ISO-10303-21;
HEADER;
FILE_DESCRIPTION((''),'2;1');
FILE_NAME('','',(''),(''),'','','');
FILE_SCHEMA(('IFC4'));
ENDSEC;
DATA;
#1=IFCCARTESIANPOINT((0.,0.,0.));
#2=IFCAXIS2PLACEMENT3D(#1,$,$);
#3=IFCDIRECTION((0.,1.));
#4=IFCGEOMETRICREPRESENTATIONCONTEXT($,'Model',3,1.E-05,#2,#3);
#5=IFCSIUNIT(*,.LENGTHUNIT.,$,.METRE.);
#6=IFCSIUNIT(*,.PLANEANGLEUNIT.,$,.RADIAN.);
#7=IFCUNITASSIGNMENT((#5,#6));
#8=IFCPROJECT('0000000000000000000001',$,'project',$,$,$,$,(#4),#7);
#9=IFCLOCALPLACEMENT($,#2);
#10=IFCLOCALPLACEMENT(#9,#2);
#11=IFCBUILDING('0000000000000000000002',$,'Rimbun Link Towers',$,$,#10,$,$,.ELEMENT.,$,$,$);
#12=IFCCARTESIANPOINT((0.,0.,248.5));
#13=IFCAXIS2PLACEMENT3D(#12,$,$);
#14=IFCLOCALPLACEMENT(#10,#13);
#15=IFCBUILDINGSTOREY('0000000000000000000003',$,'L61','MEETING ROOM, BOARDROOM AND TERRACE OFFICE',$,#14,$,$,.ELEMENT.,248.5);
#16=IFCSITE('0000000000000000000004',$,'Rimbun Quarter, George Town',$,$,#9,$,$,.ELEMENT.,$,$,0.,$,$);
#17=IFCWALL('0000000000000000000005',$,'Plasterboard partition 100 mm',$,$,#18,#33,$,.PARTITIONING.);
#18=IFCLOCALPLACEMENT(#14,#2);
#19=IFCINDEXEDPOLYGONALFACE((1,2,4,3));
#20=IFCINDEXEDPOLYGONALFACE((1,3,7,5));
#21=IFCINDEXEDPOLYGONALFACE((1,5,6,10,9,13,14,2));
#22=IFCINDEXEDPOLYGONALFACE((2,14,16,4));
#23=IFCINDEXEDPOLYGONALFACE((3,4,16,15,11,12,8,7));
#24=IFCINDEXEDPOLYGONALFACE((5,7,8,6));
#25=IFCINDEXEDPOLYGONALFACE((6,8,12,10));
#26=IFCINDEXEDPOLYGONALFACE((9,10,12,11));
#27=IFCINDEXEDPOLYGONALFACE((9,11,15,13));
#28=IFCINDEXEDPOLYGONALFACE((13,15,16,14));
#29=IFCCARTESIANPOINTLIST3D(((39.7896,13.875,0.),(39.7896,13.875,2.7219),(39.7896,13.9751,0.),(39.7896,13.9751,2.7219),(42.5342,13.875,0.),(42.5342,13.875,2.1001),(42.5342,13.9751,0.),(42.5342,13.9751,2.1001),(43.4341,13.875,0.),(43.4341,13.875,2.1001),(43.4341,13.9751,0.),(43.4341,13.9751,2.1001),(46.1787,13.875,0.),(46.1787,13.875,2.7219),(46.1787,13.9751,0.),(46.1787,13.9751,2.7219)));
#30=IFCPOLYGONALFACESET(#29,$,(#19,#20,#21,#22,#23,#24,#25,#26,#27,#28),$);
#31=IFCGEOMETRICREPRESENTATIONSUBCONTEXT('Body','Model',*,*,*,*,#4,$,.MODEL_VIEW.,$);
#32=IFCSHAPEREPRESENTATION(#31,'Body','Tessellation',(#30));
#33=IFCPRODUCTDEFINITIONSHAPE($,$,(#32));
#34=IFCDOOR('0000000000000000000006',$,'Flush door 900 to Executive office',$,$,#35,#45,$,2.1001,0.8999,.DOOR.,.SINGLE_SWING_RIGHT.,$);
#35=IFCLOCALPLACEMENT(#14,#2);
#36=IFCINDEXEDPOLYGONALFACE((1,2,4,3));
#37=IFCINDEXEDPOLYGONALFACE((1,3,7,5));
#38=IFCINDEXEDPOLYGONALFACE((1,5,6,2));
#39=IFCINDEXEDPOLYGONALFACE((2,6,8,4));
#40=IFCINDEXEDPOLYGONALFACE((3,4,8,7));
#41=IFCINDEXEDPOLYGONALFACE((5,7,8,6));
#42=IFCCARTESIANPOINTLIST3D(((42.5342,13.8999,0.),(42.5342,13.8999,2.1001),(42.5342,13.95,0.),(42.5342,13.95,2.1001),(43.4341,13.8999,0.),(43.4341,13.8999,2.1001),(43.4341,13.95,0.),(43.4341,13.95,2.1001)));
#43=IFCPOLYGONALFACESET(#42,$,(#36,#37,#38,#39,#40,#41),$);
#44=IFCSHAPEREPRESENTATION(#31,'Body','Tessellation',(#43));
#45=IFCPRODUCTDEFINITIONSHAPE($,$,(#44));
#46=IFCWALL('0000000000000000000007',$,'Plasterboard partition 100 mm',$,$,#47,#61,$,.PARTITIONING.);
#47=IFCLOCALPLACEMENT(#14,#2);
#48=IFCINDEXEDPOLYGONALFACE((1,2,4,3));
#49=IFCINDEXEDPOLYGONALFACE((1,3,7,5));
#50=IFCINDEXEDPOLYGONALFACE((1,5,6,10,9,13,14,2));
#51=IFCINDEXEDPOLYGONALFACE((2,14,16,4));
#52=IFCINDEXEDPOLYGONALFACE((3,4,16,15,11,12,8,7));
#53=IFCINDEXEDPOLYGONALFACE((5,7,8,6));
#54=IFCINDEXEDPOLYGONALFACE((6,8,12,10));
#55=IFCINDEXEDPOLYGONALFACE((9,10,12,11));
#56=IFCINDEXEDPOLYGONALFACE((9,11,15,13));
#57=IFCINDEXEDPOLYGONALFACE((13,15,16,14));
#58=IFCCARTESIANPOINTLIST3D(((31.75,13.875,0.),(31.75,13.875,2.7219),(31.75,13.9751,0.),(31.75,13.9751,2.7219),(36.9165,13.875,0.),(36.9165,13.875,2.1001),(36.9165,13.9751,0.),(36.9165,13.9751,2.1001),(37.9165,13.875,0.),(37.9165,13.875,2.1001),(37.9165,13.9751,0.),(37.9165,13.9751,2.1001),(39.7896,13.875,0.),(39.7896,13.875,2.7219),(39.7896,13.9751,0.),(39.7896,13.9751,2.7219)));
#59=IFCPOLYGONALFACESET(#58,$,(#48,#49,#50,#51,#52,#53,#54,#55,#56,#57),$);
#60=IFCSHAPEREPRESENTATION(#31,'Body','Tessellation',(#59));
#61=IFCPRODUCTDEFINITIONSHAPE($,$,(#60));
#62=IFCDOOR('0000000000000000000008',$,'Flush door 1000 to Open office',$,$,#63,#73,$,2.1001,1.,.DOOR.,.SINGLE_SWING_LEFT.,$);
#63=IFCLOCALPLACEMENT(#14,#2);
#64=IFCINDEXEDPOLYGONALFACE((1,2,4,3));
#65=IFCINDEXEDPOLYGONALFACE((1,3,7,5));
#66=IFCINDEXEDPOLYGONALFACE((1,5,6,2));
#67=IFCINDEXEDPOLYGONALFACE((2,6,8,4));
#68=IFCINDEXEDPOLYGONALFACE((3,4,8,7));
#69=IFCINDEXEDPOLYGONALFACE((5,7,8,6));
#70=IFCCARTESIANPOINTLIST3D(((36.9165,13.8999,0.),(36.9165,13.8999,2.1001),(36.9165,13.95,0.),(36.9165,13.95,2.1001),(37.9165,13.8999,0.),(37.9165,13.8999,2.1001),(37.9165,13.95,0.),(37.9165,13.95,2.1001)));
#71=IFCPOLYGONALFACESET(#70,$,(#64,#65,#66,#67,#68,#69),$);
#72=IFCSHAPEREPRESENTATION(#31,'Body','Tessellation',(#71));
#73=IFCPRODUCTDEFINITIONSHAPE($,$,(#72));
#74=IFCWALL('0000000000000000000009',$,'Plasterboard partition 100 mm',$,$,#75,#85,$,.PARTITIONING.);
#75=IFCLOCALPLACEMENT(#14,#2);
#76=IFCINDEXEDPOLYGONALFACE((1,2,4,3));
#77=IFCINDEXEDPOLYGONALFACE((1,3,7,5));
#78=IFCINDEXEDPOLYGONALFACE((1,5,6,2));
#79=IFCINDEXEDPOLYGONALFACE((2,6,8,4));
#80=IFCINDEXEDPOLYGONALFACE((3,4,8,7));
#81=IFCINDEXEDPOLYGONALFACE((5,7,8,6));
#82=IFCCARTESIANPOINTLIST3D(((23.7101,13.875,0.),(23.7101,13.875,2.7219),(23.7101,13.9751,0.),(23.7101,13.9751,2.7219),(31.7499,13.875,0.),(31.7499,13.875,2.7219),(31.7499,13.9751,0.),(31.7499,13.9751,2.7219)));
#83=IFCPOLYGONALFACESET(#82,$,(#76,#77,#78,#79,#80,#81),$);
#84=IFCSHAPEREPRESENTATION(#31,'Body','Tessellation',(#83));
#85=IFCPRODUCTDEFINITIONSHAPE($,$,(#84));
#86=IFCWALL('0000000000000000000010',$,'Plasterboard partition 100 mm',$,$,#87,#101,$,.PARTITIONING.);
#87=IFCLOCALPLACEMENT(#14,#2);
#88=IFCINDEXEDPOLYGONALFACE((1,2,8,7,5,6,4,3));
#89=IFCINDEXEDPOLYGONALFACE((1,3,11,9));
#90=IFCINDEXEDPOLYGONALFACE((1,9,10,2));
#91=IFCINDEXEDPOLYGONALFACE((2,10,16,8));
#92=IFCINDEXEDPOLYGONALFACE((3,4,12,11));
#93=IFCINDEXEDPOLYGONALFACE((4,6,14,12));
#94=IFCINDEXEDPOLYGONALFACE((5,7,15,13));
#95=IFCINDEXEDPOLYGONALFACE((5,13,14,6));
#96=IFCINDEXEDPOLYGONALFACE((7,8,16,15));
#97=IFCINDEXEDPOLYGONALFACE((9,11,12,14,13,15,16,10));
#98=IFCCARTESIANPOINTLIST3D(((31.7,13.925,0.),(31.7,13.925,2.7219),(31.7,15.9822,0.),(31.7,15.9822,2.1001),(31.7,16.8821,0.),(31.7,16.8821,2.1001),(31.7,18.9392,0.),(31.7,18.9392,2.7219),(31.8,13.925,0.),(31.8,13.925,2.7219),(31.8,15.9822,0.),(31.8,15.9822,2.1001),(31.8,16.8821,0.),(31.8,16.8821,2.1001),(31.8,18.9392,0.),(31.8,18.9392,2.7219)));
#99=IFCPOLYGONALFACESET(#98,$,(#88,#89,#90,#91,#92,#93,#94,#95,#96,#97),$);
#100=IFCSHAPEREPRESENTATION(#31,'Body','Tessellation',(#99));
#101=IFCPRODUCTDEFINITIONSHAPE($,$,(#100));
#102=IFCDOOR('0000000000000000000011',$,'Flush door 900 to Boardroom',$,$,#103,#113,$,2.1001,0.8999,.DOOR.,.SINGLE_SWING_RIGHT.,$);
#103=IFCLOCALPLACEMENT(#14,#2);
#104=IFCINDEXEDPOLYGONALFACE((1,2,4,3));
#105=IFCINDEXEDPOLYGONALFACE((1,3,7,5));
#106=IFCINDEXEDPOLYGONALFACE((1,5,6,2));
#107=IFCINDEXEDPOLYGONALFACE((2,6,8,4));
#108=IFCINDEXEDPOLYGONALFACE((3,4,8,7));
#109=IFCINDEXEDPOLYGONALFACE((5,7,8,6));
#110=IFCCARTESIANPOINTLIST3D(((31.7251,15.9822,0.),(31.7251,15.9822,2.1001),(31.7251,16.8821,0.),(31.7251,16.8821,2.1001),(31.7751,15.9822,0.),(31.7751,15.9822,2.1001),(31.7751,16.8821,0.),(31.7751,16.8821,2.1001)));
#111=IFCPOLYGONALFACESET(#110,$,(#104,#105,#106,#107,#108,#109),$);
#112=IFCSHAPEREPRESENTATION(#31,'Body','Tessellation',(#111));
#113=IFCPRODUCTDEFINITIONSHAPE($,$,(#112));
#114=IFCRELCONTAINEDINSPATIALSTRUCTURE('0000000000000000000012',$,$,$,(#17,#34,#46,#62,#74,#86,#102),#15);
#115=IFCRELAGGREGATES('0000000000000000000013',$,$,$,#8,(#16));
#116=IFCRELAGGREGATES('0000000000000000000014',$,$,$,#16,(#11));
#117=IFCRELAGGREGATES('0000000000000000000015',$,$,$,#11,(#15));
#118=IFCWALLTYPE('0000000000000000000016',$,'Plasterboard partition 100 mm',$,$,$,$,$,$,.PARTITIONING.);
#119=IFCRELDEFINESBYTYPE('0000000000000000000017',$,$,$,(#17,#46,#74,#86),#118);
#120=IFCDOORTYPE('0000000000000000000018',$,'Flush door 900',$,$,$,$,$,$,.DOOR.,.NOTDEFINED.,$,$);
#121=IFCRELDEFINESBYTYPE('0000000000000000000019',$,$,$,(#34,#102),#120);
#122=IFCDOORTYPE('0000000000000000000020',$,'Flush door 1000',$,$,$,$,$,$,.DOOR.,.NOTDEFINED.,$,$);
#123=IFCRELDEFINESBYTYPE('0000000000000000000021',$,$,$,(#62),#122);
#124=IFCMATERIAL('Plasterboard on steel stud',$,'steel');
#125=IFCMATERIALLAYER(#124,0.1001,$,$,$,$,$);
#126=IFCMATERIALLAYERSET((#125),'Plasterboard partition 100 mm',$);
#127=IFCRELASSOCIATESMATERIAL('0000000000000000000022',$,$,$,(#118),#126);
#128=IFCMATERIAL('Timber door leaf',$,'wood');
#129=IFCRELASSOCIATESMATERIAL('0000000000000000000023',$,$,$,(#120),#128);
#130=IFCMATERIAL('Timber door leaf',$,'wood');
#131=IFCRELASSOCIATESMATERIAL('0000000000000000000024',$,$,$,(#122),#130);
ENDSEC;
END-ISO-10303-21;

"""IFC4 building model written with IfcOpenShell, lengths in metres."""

from ifc_helpers import new_model, si_unit, direction, frame, frame_2d, origin, place, context, subcontext, project, spatial, rectangle, extrude, material, layer, layer_set, type_object, element, fill, save


model = new_model("IFC4")

# Units and contexts
model_context = context("Model", 3, precision=1e-05, world=origin(), true_north=direction((0.0, 1.0)))
body_context = subcontext(model_context, "Body", "Model", "MODEL_VIEW")
ifc_project = project(units=[si_unit("LENGTHUNIT", "METRE"), si_unit("PLANEANGLEUNIT", "RADIAN")], contexts=[model_context])

# Site, building, storey
site_placement = place(None, origin())
site = spatial("IfcSite", under=ifc_project, at=site_placement, Name="Rimbun Quarter, George Town", CompositionType="ELEMENT", RefElevation=0.0)
building_placement = place(site_placement, origin())
building = spatial("IfcBuilding", under=site, at=building_placement, Name="Rimbun Link Towers", CompositionType="ELEMENT")
storey_placement = place(building_placement, frame((0.0, 0.0, 248.5)))
storey = spatial("IfcBuildingStorey", under=building, at=storey_placement, Name="L61", Description="MEETING ROOM, BOARDROOM AND TERRACE OFFICE", CompositionType="ELEMENT", Elevation=248.5)

# Walls, openings, doors
ifc_material_1 = material(Name="Plasterboard on steel stud", Category="steel")
ifc_layer_1 = layer(ifc_material_1, 0.1001)
ifc_layer_set_1 = layer_set([ifc_layer_1], Name="Plasterboard partition 100 mm")
wall_type = type_object("IfcWallType", Name="Plasterboard partition 100 mm", PredefinedType="PARTITIONING", material=ifc_layer_set_1)
ifc_material_2 = material(Name="Timber door leaf", Category="wood")
door_type_1 = type_object("IfcDoorType", Name="Flush door 900", OperationType="NOTDEFINED", PredefinedType="DOOR", material=ifc_material_2)
wall_1_placement = place(storey_placement, frame((39.7896, 13.925, 0.0), z_axis=(0.0, 0.0, 1.0), x_axis=(1.0, 0.0, 0.0)))
wall_1 = element("IfcWall", 1, at=wall_1_placement, inside=storey, type_object=wall_type, Name="Plasterboard partition 100 mm", PredefinedType="PARTITIONING", context=body_context, shape_type="SweptSolid", body=[
    extrude(rectangle(XDim=6.3892, YDim=0.1001, at=frame_2d((3.1946, 0.0))), origin(), (0.0, 0.0, 1.0), 2.7219),
])
opening_1_placement = place(wall_1_placement, frame((2.7446, 0.0, 0.0)))
opening_1 = element("IfcOpeningElement", 2, at=opening_1_placement, cuts=wall_1, PredefinedType="OPENING", context=body_context, shape_type="SweptSolid", body=[
    extrude(rectangle(XDim=0.8999, YDim=2.1001, at=frame_2d((0.45, 1.05))), frame((0.0, 0.0601, 0.0), z_axis=(0.0, -1.0, 0.0), x_axis=(1.0, 0.0, 0.0)), (0.0, 0.0, 1.0), 0.1201),
])
door_1_placement = place(opening_1_placement, origin())
door_1 = element("IfcDoor", 3, at=door_1_placement, inside=storey, type_object=door_type_1, Name="Flush door 900 to Executive office", OperationType="SINGLE_SWING_RIGHT", OverallHeight=2.1001, OverallWidth=0.8999, PredefinedType="DOOR", context=body_context, shape_type="SweptSolid", body=[
    extrude(rectangle(XDim=0.8999, YDim=2.1001, at=frame_2d((0.45, 1.05))), frame((0.0, 0.0249, 0.0), z_axis=(0.0, -1.0, 0.0), x_axis=(1.0, 0.0, 0.0)), (0.0, 0.0, 1.0), 0.05),
])
fill(opening_1, door_1)
wall_2_placement = place(storey_placement, frame((31.75, 13.925, 0.0), z_axis=(0.0, 0.0, 1.0), x_axis=(1.0, 0.0, 0.0)))
wall_2 = element("IfcWall", 4, at=wall_2_placement, inside=storey, type_object=wall_type, Name="Plasterboard partition 100 mm", PredefinedType="PARTITIONING", context=body_context, shape_type="SweptSolid", body=[
    extrude(rectangle(XDim=8.0396, YDim=0.1001, at=frame_2d((4.0198, 0.0))), origin(), (0.0, 0.0, 1.0), 2.7219),
])
opening_2_placement = place(wall_2_placement, frame((5.1665, 0.0, 0.0)))
opening_2 = element("IfcOpeningElement", 5, at=opening_2_placement, cuts=wall_2, PredefinedType="OPENING", context=body_context, shape_type="SweptSolid", body=[
    extrude(rectangle(XDim=1.0, YDim=2.1001, at=frame_2d((0.5, 1.05))), frame((0.0, 0.0601, 0.0), z_axis=(0.0, -1.0, 0.0), x_axis=(1.0, 0.0, 0.0)), (0.0, 0.0, 1.0), 0.1201),
])
ifc_material_3 = material(Name="Timber door leaf", Category="wood")
door_type_2 = type_object("IfcDoorType", Name="Flush door 1000", OperationType="NOTDEFINED", PredefinedType="DOOR", material=ifc_material_3)
door_2_placement = place(opening_2_placement, origin())
door_2 = element("IfcDoor", 6, at=door_2_placement, inside=storey, type_object=door_type_2, Name="Flush door 1000 to Open office", OperationType="SINGLE_SWING_LEFT", OverallHeight=2.1001, OverallWidth=1.0, PredefinedType="DOOR", context=body_context, shape_type="SweptSolid", body=[
    extrude(rectangle(XDim=1.0, YDim=2.1001, at=frame_2d((0.5, 1.05))), frame((0.0, 0.0249, 0.0), z_axis=(0.0, -1.0, 0.0), x_axis=(1.0, 0.0, 0.0)), (0.0, 0.0, 1.0), 0.05),
])
fill(opening_2, door_2)

# Wall
wall_3_placement = place(storey_placement, frame((31.75, 13.925, 0.0), z_axis=(0.0, 0.0, 1.0), x_axis=(-1.0, 0.0, 0.0)))
element("IfcWall", 7, at=wall_3_placement, inside=storey, type_object=wall_type, Name="Plasterboard partition 100 mm", PredefinedType="PARTITIONING", context=body_context, shape_type="SweptSolid", body=[
    extrude(rectangle(XDim=8.0398, YDim=0.1001, at=frame_2d((4.02, 0.0))), origin(), (0.0, 0.0, 1.0), 2.7219),
])

# Wall, opening, door
wall_4_placement = place(storey_placement, frame((31.75, 13.925, 0.0), z_axis=(0.0, 0.0, 1.0), x_axis=(0.0, 1.0, 0.0)))
wall_4 = element("IfcWall", 8, at=wall_4_placement, inside=storey, type_object=wall_type, Name="Plasterboard partition 100 mm", PredefinedType="PARTITIONING", context=body_context, shape_type="SweptSolid", body=[
    extrude(rectangle(XDim=5.0142, YDim=0.1001, at=frame_2d((2.5071, 0.0))), origin(), (0.0, 0.0, 1.0), 2.7219),
])
opening_3_placement = place(wall_4_placement, frame((2.0571, 0.0, 0.0)))
opening_3 = element("IfcOpeningElement", 9, at=opening_3_placement, cuts=wall_4, PredefinedType="OPENING", context=body_context, shape_type="SweptSolid", body=[
    extrude(rectangle(XDim=0.8999, YDim=2.1001, at=frame_2d((0.45, 1.05))), frame((0.0, 0.0601, 0.0), z_axis=(0.0, -1.0, 0.0), x_axis=(1.0, 0.0, 0.0)), (0.0, 0.0, 1.0), 0.1201),
])
door_3_placement = place(opening_3_placement, origin())
door_3 = element("IfcDoor", 10, at=door_3_placement, inside=storey, type_object=door_type_1, Name="Flush door 900 to Boardroom", OperationType="SINGLE_SWING_RIGHT", OverallHeight=2.1001, OverallWidth=0.8999, PredefinedType="DOOR", context=body_context, shape_type="SweptSolid", body=[
    extrude(rectangle(XDim=0.8999, YDim=2.1001, at=frame_2d((0.45, 1.05))), frame((0.0, 0.0249, 0.0), z_axis=(0.0, -1.0, 0.0), x_axis=(1.0, 0.0, 0.0)), (0.0, 0.0, 1.0), 0.05),
])
fill(opening_3, door_3)

save(model, "model.ifc")
